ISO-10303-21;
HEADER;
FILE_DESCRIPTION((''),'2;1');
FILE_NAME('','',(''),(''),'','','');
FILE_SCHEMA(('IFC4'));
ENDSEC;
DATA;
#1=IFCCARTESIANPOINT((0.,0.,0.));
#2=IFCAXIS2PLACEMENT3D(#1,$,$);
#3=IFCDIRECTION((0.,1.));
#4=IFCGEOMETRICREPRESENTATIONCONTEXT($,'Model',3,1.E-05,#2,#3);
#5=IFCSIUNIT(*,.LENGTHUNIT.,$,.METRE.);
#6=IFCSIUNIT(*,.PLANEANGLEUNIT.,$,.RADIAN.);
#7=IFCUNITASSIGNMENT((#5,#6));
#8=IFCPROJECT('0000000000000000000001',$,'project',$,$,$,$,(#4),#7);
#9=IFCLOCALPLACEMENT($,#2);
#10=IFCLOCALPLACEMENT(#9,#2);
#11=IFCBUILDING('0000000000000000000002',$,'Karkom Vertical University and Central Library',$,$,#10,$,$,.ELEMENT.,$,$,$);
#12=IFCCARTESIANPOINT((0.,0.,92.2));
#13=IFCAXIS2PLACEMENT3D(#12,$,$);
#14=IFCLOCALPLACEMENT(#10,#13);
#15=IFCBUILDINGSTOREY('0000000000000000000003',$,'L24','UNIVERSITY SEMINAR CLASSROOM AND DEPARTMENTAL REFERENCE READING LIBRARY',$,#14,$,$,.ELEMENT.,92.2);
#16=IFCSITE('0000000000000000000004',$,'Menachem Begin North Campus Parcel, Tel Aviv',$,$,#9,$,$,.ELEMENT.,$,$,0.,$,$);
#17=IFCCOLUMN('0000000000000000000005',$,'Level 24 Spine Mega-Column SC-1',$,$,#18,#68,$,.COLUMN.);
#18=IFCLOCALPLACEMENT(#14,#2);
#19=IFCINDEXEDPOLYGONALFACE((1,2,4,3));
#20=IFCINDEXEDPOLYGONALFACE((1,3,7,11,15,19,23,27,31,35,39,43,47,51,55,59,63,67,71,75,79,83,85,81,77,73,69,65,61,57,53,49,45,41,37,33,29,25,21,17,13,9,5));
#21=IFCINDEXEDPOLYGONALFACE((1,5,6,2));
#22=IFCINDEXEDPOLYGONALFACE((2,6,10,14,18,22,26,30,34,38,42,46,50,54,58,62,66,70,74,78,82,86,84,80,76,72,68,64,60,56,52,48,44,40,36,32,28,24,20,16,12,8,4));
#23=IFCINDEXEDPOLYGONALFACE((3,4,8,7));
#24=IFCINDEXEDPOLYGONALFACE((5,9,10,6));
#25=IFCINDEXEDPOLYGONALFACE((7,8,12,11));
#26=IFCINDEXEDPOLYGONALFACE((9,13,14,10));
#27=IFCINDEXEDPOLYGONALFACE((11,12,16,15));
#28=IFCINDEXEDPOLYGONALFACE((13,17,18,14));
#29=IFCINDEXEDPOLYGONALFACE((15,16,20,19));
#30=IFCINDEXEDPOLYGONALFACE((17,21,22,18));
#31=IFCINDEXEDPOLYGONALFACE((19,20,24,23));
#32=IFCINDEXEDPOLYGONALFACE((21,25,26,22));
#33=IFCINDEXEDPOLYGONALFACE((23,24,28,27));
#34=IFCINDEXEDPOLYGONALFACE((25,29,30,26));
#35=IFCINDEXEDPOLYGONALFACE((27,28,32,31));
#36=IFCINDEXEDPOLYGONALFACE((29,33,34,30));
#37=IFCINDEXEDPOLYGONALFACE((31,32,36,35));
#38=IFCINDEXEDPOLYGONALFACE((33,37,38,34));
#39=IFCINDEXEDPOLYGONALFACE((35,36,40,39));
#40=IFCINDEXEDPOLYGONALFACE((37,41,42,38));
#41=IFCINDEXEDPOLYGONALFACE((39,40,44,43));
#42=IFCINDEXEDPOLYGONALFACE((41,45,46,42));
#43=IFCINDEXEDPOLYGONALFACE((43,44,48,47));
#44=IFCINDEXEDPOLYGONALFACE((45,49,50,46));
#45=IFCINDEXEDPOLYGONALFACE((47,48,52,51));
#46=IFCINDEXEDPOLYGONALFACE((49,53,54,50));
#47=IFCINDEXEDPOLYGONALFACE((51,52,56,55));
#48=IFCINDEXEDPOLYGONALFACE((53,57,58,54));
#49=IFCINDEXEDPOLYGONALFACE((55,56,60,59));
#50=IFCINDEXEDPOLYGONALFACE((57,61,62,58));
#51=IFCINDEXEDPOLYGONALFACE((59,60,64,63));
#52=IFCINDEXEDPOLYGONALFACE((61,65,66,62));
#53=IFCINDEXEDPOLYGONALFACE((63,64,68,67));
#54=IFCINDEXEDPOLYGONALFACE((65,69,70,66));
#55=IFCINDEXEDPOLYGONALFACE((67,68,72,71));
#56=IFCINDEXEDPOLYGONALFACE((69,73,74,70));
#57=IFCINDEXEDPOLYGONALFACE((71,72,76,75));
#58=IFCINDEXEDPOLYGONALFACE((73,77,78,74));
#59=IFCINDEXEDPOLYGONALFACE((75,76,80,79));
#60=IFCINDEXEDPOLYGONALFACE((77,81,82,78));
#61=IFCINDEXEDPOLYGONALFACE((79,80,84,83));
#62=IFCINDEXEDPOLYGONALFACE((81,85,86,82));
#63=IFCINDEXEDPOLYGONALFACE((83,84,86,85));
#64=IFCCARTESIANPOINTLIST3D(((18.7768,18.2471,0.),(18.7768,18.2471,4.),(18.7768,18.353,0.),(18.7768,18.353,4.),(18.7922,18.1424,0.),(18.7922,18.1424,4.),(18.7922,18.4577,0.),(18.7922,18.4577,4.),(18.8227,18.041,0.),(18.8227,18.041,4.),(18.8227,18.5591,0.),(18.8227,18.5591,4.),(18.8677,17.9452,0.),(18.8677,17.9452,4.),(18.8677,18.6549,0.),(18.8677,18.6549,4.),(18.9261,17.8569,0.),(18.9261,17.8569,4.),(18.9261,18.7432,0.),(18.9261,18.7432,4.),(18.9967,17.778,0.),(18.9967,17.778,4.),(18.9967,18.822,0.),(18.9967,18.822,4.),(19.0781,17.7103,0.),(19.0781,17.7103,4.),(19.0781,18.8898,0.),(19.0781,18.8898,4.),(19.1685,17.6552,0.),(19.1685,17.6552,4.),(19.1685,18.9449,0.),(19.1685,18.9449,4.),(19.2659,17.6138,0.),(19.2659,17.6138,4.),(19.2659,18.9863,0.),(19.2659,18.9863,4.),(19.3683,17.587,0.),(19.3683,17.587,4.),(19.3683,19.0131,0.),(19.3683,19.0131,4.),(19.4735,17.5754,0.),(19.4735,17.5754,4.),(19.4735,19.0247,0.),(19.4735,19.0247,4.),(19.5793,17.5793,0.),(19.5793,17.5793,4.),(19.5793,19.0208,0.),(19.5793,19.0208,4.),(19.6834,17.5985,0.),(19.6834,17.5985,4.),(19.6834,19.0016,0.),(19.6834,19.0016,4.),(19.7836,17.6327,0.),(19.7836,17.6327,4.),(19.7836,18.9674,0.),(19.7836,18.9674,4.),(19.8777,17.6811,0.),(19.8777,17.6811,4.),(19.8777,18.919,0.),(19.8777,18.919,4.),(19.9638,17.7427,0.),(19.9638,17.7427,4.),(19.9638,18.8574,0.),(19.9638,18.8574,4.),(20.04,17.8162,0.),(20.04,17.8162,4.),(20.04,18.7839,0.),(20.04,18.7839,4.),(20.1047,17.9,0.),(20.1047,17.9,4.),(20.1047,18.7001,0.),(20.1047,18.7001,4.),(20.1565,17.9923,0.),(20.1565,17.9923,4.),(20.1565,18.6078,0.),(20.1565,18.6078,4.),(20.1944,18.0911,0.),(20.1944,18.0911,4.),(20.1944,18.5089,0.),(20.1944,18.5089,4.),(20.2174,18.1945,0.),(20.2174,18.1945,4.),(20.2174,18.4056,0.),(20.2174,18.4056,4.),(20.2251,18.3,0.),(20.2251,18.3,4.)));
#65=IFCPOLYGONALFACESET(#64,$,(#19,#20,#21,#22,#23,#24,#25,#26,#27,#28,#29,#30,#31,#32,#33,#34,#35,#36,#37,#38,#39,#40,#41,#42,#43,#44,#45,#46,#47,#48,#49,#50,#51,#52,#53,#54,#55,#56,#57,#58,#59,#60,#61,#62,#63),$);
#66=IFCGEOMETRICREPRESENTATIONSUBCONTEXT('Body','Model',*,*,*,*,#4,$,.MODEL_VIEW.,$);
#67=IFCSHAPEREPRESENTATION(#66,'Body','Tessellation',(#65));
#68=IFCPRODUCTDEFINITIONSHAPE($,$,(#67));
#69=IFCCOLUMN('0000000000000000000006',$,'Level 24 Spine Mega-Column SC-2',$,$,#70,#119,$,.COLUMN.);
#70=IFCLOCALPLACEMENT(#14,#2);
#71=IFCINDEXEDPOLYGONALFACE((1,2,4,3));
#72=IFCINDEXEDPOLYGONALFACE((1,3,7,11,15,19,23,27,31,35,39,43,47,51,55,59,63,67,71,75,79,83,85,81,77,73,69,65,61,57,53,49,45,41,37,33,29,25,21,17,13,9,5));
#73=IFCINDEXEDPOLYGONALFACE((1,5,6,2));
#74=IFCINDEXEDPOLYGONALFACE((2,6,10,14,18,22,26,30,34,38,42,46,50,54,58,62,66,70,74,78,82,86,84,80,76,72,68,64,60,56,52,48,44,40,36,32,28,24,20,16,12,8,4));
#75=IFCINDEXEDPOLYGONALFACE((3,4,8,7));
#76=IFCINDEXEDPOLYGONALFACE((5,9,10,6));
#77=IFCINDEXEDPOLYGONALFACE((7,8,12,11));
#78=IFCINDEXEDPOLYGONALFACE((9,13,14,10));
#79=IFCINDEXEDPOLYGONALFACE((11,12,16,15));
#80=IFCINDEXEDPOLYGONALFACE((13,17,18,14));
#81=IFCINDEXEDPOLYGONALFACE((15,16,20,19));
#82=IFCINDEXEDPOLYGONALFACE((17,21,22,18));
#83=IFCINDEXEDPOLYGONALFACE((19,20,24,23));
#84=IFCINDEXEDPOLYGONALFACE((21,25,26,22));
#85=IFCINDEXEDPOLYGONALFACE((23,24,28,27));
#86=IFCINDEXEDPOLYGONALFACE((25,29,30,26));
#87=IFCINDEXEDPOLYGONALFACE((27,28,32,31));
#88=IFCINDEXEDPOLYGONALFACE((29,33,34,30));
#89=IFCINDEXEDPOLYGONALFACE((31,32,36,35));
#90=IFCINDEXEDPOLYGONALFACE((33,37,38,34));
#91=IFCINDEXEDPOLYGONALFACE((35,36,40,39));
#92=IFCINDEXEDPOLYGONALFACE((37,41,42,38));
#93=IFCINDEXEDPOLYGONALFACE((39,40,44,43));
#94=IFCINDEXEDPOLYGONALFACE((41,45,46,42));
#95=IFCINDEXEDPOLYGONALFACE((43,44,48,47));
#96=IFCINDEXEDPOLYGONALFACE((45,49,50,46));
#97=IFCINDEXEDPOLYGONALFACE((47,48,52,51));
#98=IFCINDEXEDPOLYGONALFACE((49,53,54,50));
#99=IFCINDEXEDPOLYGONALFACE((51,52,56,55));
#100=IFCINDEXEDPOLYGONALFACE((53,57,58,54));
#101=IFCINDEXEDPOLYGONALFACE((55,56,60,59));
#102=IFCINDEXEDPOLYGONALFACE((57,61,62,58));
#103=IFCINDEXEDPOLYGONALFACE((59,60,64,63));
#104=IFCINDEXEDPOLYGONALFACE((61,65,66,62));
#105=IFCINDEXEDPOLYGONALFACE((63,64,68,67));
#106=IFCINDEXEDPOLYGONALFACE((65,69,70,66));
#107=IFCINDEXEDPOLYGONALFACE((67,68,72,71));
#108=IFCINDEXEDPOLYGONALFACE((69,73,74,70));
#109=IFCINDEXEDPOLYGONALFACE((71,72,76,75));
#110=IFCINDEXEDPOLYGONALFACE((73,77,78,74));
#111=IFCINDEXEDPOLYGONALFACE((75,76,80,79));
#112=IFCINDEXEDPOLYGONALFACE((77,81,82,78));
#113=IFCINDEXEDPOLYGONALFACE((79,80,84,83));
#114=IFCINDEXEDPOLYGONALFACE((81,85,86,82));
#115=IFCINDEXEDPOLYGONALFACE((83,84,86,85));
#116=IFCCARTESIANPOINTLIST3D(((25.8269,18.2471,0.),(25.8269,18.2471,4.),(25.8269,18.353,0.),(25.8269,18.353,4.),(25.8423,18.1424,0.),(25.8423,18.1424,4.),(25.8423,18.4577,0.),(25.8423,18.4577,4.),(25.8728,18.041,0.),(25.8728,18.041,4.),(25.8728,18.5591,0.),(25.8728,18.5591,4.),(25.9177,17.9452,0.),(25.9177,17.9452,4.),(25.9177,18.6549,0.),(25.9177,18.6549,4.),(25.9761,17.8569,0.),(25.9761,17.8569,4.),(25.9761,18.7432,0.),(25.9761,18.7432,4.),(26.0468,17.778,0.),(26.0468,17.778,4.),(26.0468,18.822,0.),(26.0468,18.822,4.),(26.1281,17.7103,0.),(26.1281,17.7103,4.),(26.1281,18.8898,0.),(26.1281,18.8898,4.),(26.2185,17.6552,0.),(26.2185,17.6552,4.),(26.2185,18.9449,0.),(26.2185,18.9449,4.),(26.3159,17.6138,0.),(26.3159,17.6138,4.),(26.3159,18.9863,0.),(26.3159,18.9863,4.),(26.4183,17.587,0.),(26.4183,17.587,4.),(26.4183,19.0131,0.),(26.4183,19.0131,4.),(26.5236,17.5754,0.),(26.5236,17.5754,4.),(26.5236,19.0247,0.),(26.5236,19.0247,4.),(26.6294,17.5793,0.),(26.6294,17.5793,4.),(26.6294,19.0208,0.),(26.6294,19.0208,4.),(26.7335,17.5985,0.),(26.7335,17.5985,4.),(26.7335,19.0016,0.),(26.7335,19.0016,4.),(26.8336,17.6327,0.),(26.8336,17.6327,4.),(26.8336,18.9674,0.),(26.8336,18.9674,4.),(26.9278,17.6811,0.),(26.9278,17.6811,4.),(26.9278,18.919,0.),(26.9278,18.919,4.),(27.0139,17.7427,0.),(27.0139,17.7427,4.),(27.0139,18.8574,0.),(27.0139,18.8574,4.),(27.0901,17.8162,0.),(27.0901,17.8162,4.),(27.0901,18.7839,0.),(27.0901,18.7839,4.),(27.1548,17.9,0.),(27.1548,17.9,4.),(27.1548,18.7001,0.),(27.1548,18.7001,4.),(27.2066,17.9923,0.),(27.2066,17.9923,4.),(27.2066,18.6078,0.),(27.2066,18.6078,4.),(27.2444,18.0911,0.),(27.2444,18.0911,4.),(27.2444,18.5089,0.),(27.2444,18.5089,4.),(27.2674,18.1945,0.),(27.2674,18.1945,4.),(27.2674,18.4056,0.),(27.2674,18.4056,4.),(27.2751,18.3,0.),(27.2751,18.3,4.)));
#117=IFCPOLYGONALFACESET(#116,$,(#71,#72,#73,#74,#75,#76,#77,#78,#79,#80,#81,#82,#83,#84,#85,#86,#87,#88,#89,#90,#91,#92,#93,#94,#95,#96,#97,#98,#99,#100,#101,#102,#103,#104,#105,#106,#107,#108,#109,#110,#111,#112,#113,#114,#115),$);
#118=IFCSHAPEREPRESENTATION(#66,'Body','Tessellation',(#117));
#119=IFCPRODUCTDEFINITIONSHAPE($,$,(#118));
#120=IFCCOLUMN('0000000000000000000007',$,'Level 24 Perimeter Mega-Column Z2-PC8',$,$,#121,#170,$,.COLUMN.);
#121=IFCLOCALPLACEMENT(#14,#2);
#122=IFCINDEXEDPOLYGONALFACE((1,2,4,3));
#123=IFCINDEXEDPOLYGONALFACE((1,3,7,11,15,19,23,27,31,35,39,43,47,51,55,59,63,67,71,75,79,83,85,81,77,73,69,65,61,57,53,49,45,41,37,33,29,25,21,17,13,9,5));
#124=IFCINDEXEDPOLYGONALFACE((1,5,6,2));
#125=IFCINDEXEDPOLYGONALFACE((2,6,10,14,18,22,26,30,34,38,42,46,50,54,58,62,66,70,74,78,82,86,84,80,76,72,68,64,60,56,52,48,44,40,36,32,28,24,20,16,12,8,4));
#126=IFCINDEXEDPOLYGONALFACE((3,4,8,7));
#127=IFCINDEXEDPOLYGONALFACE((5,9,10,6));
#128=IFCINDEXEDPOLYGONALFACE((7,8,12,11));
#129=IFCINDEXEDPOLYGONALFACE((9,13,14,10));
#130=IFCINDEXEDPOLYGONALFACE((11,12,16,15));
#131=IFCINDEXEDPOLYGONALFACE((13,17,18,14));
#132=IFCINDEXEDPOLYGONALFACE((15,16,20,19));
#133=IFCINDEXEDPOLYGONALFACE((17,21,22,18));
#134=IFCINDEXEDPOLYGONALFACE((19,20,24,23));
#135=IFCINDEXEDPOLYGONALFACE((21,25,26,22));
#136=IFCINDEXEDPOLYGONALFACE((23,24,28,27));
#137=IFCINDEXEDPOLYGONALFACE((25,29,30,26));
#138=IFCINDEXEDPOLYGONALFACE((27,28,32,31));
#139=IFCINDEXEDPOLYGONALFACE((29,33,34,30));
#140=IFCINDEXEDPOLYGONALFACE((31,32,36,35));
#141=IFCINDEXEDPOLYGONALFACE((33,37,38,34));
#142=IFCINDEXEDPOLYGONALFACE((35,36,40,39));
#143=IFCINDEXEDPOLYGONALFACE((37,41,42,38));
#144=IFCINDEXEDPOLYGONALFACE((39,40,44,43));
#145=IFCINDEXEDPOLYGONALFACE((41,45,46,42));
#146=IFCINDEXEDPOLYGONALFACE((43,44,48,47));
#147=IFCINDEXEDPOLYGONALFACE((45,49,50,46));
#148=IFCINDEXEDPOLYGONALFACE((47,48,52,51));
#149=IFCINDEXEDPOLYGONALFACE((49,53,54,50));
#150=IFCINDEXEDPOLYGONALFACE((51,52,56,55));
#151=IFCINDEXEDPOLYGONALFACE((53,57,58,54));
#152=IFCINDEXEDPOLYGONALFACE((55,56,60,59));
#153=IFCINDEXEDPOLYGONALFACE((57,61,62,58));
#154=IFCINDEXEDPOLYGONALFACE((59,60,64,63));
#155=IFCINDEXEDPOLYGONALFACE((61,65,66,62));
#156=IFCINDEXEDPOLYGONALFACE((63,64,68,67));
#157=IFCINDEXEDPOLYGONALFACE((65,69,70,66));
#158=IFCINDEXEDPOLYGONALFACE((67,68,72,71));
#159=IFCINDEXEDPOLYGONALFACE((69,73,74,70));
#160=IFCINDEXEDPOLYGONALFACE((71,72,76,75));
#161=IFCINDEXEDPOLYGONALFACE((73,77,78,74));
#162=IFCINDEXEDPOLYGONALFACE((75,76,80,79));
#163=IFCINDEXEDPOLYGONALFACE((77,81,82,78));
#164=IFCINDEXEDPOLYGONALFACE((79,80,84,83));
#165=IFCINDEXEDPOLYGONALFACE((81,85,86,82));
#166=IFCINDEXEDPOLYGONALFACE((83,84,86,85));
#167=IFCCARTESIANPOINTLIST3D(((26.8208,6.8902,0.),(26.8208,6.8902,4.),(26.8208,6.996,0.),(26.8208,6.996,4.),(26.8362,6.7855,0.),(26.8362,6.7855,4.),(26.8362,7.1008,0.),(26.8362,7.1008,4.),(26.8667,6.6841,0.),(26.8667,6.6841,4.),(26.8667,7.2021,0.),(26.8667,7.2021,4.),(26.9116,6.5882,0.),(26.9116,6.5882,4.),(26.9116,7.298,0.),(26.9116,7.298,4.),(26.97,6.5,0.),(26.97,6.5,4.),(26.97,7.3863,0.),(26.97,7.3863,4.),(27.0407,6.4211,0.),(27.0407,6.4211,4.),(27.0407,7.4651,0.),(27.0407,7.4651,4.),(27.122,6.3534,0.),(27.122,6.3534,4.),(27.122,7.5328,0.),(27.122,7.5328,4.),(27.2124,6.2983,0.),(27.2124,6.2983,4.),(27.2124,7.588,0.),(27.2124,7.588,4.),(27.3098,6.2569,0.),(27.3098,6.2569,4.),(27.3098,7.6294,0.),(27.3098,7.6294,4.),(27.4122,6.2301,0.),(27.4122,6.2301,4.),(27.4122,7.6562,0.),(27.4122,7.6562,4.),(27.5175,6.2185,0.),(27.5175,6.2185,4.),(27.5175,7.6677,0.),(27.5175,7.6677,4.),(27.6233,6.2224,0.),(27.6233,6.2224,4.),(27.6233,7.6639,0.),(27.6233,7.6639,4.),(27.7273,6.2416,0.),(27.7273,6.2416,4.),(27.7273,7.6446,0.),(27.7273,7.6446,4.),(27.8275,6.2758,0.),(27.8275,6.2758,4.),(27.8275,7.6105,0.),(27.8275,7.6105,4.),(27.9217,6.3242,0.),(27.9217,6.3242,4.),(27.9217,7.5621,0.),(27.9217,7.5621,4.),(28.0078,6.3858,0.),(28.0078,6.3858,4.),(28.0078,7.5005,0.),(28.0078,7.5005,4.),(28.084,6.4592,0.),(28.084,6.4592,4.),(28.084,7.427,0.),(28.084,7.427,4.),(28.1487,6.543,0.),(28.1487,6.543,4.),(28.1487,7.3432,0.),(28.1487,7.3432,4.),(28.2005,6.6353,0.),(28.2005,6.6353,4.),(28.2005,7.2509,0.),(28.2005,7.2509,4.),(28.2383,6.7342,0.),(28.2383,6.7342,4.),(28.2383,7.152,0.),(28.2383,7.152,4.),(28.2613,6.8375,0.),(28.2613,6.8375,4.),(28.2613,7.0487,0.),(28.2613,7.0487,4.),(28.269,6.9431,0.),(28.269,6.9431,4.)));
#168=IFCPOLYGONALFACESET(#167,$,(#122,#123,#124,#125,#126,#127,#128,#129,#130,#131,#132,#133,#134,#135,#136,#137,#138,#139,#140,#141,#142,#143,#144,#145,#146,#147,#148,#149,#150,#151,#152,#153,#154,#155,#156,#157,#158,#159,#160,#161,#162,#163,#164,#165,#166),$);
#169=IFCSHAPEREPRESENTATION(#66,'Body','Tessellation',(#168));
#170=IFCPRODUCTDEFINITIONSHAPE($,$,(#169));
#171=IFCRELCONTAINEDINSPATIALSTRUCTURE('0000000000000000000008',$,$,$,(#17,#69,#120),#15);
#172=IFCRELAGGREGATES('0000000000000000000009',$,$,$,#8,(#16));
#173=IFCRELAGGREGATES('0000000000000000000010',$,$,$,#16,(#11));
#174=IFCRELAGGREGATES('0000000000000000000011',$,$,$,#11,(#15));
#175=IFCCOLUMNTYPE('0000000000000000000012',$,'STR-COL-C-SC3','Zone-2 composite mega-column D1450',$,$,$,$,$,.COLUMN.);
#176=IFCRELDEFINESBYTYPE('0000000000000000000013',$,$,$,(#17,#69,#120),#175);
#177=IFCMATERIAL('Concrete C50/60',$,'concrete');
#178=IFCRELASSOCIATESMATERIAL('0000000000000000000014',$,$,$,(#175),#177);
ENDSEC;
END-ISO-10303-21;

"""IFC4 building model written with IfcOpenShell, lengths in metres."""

from ifc_helpers import new_model, si_unit, direction, frame, origin, origin_with_axes, origin_2d, place, context, subcontext, project, spatial, circle, extrude, source, transform, mapped, material, material_profile, profile_set, type_object, element, save


model = new_model("IFC4")

# Units and contexts
model_context = context("Model", 3, precision=1e-05, world=origin(), true_north=direction((0.0, 1.0)))
body_context = subcontext(model_context, "Body", "Model", "MODEL_VIEW")
ifc_project = project(units=[si_unit("LENGTHUNIT", "METRE"), si_unit("PLANEANGLEUNIT", "RADIAN")], contexts=[model_context])

# Site, building, storey
site_placement = place(None, origin())
site = spatial("IfcSite", under=ifc_project, at=site_placement, Name="Menachem Begin North Campus Parcel, Tel Aviv", CompositionType="ELEMENT", RefElevation=0.0)
building_placement = place(site_placement, origin())
building = spatial("IfcBuilding", under=site, at=building_placement, Name="Karkom Vertical University and Central Library", CompositionType="ELEMENT")
storey_placement = place(building_placement, frame((0.0, 0.0, 92.2)))
storey = spatial("IfcBuildingStorey", under=building, at=storey_placement, Name="L24", Description="UNIVERSITY SEMINAR CLASSROOM AND DEPARTMENTAL REFERENCE READING LIBRARY", CompositionType="ELEMENT", Elevation=92.2)

# Columns
ifc_material_1 = material(Name="Concrete C50/60", Category="concrete")
ifc_material_profile_1 = material_profile(ifc_material_1, circle(Radius=0.7251, at=origin_2d()), Name="CFT-D1450")
ifc_profile_set_1 = profile_set([ifc_material_profile_1], Name="Concrete C50/60")
column_type = type_object("IfcColumnType", Name="STR-COL-C-SC3", Description="Zone-2 composite mega-column D1450", PredefinedType="COLUMN", material=ifc_profile_set_1)
shared_shape_1 = source(origin_with_axes(), body_context, "Body", "SweptSolid", [
    extrude(circle(Radius=0.7251, at=origin_2d()), origin(), (0.0, 0.0, 1.0), 4.0),
])
for number, where, z_axis, x_axis, name in (
    (1, (19.5, 18.3, 0.0), (0.0, 0.0, 1.0), (1.0, 0.0, 0.0), "Level 24 Spine Mega-Column SC-1"),
    (2, (26.55, 18.3, 0.0), (0.0, 0.0, 1.0), (1.0, 0.0, 0.0), "Level 24 Spine Mega-Column SC-2"),
    (3, (27.5439, 6.9431, 0.0), (0.0, 0.0, 1.0), (1.0, 0.0, 0.0), "Level 24 Perimeter Mega-Column Z2-PC8"),
):
    element("IfcColumn", number, at=place(storey_placement, frame(where, z_axis=z_axis, x_axis=x_axis)), inside=storey, type_object=column_type, Name=name, PredefinedType="COLUMN", context=body_context, shape_type="MappedRepresentation", body=[
        mapped(shared_shape_1, transform((0.0, 0.0, 0.0), scale=1.0)),
    ])

save(model, "model.ifc")
